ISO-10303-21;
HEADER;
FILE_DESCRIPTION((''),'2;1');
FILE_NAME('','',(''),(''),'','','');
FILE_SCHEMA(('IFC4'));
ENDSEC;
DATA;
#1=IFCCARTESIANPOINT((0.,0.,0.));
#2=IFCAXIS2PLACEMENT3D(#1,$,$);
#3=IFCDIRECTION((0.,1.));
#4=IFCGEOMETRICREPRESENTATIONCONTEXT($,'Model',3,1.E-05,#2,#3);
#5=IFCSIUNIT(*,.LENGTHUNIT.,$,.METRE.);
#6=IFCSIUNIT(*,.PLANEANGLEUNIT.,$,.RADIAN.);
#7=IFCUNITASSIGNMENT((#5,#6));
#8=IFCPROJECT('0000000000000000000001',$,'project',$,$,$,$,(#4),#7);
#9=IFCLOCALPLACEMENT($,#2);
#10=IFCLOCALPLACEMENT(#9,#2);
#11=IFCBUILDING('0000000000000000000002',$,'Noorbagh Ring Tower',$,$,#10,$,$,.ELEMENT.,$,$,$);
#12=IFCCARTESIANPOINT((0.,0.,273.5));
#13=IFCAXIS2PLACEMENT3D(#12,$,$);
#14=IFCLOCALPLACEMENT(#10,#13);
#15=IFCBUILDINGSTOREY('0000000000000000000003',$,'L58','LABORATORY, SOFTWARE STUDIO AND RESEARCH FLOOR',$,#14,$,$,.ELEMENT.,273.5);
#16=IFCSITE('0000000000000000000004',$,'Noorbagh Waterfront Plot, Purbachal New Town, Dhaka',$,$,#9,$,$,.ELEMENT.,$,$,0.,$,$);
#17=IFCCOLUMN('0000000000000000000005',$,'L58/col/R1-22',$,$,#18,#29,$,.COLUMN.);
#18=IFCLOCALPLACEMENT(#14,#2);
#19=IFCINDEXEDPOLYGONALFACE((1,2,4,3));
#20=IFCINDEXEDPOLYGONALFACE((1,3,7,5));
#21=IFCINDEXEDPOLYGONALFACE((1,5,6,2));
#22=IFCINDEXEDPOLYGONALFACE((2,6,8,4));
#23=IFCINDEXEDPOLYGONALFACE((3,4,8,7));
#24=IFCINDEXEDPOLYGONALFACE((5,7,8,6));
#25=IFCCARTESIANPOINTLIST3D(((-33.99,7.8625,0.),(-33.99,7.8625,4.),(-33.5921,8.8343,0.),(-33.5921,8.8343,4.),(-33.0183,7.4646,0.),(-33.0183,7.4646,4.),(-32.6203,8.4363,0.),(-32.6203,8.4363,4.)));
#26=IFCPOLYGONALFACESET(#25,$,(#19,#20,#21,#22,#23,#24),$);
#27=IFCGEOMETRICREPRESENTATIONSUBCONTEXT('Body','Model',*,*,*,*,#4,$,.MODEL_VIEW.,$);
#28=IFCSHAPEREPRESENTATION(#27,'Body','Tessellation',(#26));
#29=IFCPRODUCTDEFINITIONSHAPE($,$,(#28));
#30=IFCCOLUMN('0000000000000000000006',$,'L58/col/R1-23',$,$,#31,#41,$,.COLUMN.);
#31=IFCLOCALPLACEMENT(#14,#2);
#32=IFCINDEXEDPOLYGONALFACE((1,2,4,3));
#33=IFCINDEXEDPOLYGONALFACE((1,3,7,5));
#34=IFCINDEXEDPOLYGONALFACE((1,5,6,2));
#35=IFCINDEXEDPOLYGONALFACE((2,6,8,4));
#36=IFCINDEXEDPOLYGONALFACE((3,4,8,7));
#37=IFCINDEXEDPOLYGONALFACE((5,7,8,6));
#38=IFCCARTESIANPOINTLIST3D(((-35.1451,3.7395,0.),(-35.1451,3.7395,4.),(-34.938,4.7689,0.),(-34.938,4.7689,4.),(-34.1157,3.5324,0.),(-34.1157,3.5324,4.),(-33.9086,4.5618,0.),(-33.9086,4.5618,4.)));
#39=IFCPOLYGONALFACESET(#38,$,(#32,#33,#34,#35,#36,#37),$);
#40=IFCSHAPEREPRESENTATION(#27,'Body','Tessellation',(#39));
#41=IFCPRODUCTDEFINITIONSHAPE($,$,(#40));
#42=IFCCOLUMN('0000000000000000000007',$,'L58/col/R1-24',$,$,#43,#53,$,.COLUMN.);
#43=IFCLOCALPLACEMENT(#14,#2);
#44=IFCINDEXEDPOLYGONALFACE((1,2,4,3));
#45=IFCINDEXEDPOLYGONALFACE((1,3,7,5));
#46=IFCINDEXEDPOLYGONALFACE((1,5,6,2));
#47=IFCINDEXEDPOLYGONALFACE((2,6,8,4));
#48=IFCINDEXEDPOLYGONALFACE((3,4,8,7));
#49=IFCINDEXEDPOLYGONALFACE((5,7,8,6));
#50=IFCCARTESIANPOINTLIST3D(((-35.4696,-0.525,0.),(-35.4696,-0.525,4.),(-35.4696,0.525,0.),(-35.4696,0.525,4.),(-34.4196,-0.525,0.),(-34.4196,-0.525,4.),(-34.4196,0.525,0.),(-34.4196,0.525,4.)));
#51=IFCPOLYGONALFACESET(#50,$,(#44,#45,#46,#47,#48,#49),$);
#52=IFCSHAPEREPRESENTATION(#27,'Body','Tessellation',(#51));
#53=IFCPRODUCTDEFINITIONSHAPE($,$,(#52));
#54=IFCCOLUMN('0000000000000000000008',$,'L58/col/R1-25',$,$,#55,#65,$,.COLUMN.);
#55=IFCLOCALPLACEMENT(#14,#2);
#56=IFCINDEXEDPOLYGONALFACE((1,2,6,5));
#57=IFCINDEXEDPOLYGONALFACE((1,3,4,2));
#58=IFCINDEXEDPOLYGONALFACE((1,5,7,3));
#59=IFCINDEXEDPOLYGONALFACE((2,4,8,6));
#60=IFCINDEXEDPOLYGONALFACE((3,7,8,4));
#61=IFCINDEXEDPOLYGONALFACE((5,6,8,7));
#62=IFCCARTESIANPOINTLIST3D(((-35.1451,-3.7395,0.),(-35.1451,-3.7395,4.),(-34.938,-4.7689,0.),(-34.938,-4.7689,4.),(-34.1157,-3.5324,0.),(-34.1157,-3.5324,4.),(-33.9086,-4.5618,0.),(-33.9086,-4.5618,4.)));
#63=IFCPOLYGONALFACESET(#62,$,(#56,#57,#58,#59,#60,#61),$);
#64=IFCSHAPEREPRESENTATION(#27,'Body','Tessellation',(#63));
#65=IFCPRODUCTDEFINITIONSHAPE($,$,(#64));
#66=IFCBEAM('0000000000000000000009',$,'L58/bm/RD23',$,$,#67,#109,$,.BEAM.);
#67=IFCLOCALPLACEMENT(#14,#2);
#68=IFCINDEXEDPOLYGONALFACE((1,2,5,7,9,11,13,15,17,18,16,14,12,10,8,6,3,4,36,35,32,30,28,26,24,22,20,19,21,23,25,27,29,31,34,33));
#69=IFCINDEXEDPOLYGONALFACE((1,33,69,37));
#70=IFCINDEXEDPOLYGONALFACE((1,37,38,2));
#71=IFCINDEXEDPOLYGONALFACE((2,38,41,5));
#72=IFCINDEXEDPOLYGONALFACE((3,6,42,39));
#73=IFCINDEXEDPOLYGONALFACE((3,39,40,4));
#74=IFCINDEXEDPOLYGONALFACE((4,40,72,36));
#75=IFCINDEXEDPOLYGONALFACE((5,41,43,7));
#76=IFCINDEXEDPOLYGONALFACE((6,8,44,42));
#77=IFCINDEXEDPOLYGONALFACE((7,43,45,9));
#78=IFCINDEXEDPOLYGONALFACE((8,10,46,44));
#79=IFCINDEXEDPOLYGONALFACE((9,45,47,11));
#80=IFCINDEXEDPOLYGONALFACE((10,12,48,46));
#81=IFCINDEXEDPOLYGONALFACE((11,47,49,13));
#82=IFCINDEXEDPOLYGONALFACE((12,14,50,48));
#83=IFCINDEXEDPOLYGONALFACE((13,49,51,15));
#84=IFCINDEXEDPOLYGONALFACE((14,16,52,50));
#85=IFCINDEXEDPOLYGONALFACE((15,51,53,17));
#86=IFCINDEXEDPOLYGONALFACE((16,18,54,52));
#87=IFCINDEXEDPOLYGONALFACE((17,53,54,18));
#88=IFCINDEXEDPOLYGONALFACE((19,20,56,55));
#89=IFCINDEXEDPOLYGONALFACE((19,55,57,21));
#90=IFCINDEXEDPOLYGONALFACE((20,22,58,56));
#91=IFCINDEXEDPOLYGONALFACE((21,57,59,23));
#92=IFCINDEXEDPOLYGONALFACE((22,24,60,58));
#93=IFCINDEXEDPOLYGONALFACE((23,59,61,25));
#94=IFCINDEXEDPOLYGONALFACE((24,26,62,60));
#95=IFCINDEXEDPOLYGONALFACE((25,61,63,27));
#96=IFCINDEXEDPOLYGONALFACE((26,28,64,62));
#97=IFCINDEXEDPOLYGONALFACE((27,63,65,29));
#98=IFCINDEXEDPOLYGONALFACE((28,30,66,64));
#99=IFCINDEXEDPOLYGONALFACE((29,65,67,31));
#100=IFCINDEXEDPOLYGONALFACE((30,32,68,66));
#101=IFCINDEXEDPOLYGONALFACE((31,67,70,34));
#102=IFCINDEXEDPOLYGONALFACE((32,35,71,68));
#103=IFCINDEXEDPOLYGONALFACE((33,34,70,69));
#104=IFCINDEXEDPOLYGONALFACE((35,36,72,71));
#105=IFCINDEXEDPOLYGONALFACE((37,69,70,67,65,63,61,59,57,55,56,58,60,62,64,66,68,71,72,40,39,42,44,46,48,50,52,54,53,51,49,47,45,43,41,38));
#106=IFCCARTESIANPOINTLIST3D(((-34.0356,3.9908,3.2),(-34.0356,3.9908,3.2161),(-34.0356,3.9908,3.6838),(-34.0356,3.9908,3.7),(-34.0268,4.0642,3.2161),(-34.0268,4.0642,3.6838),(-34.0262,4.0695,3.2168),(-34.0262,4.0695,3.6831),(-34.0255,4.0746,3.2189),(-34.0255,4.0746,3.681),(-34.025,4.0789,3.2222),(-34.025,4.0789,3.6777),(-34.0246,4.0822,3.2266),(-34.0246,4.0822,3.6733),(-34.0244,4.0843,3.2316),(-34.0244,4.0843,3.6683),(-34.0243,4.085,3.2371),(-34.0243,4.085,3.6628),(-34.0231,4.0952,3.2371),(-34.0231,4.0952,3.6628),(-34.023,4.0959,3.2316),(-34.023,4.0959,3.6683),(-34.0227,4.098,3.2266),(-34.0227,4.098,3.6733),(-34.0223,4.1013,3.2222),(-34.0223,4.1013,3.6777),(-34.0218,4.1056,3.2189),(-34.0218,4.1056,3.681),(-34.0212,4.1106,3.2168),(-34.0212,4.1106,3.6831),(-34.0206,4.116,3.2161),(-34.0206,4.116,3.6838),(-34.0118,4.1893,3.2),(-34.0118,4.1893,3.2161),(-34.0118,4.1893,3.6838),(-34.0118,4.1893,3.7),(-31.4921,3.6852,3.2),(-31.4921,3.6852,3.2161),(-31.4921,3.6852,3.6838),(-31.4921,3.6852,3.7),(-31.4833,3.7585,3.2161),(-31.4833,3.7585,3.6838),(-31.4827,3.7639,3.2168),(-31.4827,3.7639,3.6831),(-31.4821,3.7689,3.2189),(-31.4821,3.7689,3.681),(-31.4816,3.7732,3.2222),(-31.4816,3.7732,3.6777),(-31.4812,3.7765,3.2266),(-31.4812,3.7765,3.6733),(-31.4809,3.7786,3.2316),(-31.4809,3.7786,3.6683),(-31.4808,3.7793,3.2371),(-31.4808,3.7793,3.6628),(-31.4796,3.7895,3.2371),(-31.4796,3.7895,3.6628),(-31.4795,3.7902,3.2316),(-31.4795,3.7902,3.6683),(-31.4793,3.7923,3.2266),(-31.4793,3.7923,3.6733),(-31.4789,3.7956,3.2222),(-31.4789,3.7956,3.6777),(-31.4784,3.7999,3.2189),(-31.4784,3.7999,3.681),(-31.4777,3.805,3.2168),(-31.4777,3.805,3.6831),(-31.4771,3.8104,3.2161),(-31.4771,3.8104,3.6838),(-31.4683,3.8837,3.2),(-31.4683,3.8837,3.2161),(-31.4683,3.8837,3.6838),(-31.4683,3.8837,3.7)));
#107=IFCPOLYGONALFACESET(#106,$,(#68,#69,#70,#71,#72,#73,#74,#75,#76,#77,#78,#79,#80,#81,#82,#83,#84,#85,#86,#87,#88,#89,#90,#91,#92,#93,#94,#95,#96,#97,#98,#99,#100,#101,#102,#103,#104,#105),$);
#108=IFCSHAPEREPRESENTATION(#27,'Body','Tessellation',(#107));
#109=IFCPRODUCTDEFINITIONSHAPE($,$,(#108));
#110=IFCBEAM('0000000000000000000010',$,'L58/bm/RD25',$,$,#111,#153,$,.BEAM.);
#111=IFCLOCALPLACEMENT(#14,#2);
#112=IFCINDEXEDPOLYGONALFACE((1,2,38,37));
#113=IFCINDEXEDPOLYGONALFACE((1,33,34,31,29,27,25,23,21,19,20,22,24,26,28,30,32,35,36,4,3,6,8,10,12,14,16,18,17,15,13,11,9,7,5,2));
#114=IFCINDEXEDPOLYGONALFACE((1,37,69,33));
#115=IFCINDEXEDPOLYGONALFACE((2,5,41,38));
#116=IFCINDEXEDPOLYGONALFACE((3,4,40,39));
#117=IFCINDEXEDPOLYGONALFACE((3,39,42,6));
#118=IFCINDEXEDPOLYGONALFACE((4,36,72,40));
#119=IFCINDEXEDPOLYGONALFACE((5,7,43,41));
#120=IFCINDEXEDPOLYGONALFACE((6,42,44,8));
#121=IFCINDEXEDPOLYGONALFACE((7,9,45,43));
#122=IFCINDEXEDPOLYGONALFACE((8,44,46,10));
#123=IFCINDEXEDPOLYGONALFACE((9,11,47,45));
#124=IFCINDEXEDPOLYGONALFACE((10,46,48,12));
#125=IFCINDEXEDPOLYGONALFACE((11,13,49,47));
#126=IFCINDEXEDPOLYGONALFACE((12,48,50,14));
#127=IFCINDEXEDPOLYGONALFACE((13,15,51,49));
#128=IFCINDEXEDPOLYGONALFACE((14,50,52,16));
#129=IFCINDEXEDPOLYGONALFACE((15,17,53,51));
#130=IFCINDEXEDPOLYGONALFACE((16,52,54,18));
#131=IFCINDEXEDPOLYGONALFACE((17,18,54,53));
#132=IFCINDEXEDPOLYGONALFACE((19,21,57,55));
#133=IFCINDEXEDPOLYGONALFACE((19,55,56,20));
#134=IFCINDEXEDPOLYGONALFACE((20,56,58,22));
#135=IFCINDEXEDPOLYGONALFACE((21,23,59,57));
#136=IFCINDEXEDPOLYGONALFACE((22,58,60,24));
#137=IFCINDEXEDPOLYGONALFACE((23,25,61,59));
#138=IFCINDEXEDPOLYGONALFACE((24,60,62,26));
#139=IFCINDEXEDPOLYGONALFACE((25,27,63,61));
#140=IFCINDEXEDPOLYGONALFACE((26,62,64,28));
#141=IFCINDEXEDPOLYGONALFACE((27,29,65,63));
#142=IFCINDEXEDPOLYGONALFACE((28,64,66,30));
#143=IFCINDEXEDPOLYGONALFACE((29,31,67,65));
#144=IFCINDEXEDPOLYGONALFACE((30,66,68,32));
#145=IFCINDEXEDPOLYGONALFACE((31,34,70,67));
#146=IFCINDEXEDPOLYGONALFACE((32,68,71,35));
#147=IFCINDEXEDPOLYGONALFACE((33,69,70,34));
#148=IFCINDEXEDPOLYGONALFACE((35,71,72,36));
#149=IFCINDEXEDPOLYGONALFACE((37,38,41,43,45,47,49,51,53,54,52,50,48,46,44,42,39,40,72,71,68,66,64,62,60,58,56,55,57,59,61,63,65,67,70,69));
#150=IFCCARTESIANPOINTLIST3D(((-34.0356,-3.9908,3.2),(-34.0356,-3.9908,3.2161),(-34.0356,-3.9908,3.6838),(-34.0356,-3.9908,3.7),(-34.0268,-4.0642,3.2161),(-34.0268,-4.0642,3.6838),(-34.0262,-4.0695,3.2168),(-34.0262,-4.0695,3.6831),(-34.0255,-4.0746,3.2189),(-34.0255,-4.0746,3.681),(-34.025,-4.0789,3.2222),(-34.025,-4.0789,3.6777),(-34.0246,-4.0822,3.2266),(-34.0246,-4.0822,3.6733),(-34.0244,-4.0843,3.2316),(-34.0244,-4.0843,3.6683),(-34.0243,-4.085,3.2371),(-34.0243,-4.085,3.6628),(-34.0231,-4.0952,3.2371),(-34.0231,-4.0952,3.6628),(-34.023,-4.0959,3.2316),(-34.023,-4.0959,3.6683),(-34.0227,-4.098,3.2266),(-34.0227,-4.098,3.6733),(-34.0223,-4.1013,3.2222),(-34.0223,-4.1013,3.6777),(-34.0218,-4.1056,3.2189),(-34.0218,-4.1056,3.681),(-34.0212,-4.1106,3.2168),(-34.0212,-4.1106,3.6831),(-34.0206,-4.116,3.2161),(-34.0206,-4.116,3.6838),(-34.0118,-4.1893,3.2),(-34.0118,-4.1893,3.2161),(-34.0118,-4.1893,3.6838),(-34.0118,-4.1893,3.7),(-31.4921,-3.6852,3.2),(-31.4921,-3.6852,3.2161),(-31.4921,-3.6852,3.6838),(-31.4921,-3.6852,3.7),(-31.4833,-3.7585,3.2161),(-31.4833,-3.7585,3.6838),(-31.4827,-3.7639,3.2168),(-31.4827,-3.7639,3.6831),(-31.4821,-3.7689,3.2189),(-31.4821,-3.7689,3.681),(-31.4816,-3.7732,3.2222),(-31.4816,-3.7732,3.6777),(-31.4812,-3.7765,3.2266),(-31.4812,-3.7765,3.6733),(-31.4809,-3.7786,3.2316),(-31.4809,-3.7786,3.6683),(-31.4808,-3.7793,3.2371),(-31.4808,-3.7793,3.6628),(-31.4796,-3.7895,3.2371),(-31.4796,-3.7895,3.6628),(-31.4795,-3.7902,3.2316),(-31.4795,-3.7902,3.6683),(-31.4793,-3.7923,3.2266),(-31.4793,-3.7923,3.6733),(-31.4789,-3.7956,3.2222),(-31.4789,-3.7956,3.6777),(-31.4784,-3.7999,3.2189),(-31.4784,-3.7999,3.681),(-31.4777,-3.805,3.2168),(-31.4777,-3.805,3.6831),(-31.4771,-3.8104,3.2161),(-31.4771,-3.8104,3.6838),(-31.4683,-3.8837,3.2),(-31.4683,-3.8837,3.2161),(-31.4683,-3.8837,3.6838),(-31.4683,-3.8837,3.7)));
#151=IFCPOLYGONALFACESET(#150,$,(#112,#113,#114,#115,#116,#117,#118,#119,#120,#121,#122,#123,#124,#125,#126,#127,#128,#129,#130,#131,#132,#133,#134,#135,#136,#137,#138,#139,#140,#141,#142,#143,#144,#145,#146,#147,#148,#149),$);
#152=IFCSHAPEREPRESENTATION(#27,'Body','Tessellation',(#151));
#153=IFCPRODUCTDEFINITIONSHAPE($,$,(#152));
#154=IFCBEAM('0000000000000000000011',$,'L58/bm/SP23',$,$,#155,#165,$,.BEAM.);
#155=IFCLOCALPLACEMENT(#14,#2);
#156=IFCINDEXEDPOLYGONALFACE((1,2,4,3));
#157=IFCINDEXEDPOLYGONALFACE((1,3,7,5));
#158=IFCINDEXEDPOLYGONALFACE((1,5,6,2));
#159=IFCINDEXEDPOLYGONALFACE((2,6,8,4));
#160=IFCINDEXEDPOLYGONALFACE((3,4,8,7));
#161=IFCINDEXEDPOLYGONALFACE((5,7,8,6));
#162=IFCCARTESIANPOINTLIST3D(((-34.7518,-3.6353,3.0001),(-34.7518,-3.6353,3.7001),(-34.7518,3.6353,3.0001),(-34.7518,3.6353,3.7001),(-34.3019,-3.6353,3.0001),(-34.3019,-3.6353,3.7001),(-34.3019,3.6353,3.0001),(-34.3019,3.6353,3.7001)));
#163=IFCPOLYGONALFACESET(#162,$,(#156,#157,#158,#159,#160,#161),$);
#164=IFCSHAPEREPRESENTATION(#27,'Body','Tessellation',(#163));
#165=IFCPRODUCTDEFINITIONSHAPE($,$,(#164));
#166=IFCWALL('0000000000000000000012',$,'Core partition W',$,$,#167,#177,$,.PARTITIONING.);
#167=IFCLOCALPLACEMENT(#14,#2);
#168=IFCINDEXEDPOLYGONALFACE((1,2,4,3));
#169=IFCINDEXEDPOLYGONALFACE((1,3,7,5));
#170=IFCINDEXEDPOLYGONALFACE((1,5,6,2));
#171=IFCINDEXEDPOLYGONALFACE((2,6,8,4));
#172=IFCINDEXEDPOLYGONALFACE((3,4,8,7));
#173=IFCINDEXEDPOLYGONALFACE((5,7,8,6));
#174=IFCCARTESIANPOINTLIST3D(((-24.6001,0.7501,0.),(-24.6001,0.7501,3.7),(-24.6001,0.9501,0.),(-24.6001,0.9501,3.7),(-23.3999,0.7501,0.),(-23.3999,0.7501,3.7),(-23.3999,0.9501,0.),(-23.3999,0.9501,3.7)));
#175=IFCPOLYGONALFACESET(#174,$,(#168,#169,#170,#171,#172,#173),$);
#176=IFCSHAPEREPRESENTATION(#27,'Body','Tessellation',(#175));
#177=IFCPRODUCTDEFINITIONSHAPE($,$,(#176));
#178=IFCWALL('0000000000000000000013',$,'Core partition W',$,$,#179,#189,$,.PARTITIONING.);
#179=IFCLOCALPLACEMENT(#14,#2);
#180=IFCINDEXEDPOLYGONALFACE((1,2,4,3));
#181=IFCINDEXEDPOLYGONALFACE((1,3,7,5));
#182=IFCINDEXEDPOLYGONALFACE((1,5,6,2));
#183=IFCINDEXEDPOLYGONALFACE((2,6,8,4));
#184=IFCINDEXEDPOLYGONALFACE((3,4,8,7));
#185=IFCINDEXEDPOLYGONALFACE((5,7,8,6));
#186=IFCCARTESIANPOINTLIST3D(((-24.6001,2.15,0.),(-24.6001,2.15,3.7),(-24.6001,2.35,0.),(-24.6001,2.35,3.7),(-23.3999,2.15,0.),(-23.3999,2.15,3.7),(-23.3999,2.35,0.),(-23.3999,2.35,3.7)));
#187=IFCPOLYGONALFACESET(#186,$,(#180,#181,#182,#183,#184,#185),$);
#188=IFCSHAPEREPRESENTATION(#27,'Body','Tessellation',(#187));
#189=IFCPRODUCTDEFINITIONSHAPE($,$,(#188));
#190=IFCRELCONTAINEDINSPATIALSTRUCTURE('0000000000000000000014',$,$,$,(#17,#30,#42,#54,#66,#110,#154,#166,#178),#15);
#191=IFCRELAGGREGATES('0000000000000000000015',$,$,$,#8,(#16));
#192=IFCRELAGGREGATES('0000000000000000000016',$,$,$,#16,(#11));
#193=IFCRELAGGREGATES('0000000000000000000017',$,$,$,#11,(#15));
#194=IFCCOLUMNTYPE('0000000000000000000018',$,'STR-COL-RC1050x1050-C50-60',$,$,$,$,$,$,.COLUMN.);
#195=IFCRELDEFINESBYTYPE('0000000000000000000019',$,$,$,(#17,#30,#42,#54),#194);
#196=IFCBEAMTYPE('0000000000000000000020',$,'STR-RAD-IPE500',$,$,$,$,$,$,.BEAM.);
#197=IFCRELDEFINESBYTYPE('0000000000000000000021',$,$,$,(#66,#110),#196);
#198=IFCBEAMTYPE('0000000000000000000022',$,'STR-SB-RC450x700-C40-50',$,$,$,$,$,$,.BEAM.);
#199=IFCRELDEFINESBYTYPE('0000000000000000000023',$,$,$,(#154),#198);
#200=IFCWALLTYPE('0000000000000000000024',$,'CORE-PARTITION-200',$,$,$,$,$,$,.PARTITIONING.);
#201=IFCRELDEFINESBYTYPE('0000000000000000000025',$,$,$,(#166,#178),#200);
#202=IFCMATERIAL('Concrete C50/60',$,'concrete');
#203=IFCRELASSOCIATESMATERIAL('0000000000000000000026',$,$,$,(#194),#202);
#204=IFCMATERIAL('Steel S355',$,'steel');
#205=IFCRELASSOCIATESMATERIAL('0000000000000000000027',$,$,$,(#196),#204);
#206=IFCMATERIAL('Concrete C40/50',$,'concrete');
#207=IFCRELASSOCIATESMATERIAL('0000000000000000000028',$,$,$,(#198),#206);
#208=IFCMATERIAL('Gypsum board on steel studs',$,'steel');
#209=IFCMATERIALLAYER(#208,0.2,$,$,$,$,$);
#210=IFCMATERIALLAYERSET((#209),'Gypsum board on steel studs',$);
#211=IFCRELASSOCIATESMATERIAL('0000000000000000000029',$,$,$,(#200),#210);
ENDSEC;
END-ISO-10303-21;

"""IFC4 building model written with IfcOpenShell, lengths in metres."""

from ifc_helpers import new_model, si_unit, direction, frame, frame_2d, origin, origin_2d, place, context, subcontext, project, spatial, rectangle, i_section, extrude, material, layer, layer_set, material_profile, profile_set, type_object, element, save


model = new_model("IFC4")

# Units and contexts
model_context = context("Model", 3, precision=1e-05, world=origin(), true_north=direction((0.0, 1.0)))
body_context = subcontext(model_context, "Body", "Model", "MODEL_VIEW")
ifc_project = project(units=[si_unit("LENGTHUNIT", "METRE"), si_unit("PLANEANGLEUNIT", "RADIAN")], contexts=[model_context])

# Site, building, storey
site_placement = place(None, origin())
site = spatial("IfcSite", under=ifc_project, at=site_placement, Name="Noorbagh Waterfront Plot, Purbachal New Town, Dhaka", CompositionType="ELEMENT", RefElevation=0.0)
building_placement = place(site_placement, origin())
building = spatial("IfcBuilding", under=site, at=building_placement, Name="Noorbagh Ring Tower", CompositionType="ELEMENT")
storey_placement = place(building_placement, frame((0.0, 0.0, 273.5)))
storey = spatial("IfcBuildingStorey", under=building, at=storey_placement, Name="L58", Description="LABORATORY, SOFTWARE STUDIO AND RESEARCH FLOOR", CompositionType="ELEMENT", Elevation=273.5)

# Columns
ifc_material_1 = material(Name="Concrete C50/60", Category="concrete")
ifc_material_profile_1 = material_profile(ifc_material_1, rectangle(XDim=1.05, YDim=1.05, at=origin_2d()), Name="RC1050x1050")
ifc_profile_set_1 = profile_set([ifc_material_profile_1], Name="Concrete C50/60")
column_type = type_object("IfcColumnType", Name="STR-COL-RC1050x1050-C50-60", PredefinedType="COLUMN", material=ifc_profile_set_1)
for number, where, z_axis, x_axis, name in (
    (1, (-33.3052, 8.1494, 0.0), (0.0, 0.0, 1.0), (-0.378989, -0.925401, 0.0), "L58/col/R1-22"),
    (2, (-34.5269, 4.1506, 0.0), (0.0, 0.0, 1.0), (-0.19723, -0.980357, 0.0), "L58/col/R1-23"),
    (3, (-34.9446, 0.0, 0.0), (0.0, 0.0, 1.0), (0.0, -1.0, 0.0), "L58/col/R1-24"),
    (4, (-34.5269, -4.1506, 0.0), (0.0, 0.0, 1.0), (0.19723, -0.980357, 0.0), "L58/col/R1-25"),
):
    element("IfcColumn", number, at=place(storey_placement, frame(where, z_axis=z_axis, x_axis=x_axis)), inside=storey, type_object=column_type, Name=name, PredefinedType="COLUMN", context=body_context, shape_type="SweptSolid", body=[
        extrude(rectangle(XDim=1.05, YDim=1.05, at=origin_2d()), origin(), (0.0, 0.0, 1.0), 4.0),
    ])

# Beams
ifc_material_2 = material(Name="Steel S355", Category="steel")
ifc_material_profile_2 = material_profile(ifc_material_2, i_section(OverallWidth=0.2, OverallDepth=0.5, WebThickness=0.0103, FlangeThickness=0.0161, FilletRadius=0.021, at=origin_2d()), Name="IPE500")
ifc_profile_set_2 = profile_set([ifc_material_profile_2], Name="Steel S355")
beam_type_1 = type_object("IfcBeamType", Name="STR-RAD-IPE500", PredefinedType="BEAM", material=ifc_profile_set_2)
for number, where, z_axis, x_axis, name in (
    (5, (-34.0237, 4.0901, 3.45), (0.992856, -0.119318, 0.0), (0.119318, 0.992856, 0.0), "L58/bm/RD23"),
    (6, (-34.0237, -4.0901, 3.45), (0.992856, 0.119318, 0.0), (-0.119318, 0.992856, 0.0), "L58/bm/RD25"),
):
    element("IfcBeam", number, at=place(storey_placement, frame(where, z_axis=z_axis, x_axis=x_axis)), inside=storey, type_object=beam_type_1, Name=name, PredefinedType="BEAM", context=body_context, shape_type="SweptSolid", body=[
        extrude(i_section(OverallWidth=0.2, OverallDepth=0.5, WebThickness=0.0103, FlangeThickness=0.0161, FilletRadius=0.021, at=origin_2d()), origin(), (0.0, 0.0, 1.0), 2.5618),
    ])
ifc_material_3 = material(Name="Concrete C40/50", Category="concrete")
ifc_material_profile_3 = material_profile(ifc_material_3, rectangle(XDim=0.45, YDim=0.7, at=origin_2d()), Name="RC450x700")
ifc_profile_set_3 = profile_set([ifc_material_profile_3], Name="Concrete C40/50")
beam_type_2 = type_object("IfcBeamType", Name="STR-SB-RC450x700-C40-50", PredefinedType="BEAM", material=ifc_profile_set_3)
beam_placement = place(storey_placement, frame((-34.5269, 3.6353, 3.3501), z_axis=(0.0, -1.0, 0.0), x_axis=(1.0, 0.0, 0.0)))
element("IfcBeam", 7, at=beam_placement, inside=storey, type_object=beam_type_2, Name="L58/bm/SP23", PredefinedType="BEAM", context=body_context, shape_type="SweptSolid", body=[
    extrude(rectangle(XDim=0.45, YDim=0.7, at=origin_2d()), origin(), (0.0, 0.0, 1.0), 7.2705),
])

# Walls
ifc_material_4 = material(Name="Gypsum board on steel studs", Category="steel")
ifc_layer_1 = layer(ifc_material_4, 0.2)
ifc_layer_set_1 = layer_set([ifc_layer_1], Name="Gypsum board on steel studs")
wall_type_1 = type_object("IfcWallType", Name="CORE-PARTITION-200", PredefinedType="PARTITIONING", material=ifc_layer_set_1)
for number, where, z_axis, x_axis, name in (
    (8, (-23.3999, 0.8501, 0.0), (0.0, 0.0, 1.0), (-1.0, 0.0, 0.0), "Core partition W"),
    (9, (-23.3999, 2.25, 0.0), (0.0, 0.0, 1.0), (-1.0, 0.0, 0.0), "Core partition W"),
):
    element("IfcWall", number, at=place(storey_placement, frame(where, z_axis=z_axis, x_axis=x_axis)), inside=storey, type_object=wall_type_1, Name=name, PredefinedType="PARTITIONING", context=body_context, shape_type="SweptSolid", body=[
        extrude(rectangle(XDim=1.2002, YDim=0.2, at=frame_2d((0.6001, 0.0))), origin(), (0.0, 0.0, 1.0), 3.7),
    ])

save(model, "model.ifc")
